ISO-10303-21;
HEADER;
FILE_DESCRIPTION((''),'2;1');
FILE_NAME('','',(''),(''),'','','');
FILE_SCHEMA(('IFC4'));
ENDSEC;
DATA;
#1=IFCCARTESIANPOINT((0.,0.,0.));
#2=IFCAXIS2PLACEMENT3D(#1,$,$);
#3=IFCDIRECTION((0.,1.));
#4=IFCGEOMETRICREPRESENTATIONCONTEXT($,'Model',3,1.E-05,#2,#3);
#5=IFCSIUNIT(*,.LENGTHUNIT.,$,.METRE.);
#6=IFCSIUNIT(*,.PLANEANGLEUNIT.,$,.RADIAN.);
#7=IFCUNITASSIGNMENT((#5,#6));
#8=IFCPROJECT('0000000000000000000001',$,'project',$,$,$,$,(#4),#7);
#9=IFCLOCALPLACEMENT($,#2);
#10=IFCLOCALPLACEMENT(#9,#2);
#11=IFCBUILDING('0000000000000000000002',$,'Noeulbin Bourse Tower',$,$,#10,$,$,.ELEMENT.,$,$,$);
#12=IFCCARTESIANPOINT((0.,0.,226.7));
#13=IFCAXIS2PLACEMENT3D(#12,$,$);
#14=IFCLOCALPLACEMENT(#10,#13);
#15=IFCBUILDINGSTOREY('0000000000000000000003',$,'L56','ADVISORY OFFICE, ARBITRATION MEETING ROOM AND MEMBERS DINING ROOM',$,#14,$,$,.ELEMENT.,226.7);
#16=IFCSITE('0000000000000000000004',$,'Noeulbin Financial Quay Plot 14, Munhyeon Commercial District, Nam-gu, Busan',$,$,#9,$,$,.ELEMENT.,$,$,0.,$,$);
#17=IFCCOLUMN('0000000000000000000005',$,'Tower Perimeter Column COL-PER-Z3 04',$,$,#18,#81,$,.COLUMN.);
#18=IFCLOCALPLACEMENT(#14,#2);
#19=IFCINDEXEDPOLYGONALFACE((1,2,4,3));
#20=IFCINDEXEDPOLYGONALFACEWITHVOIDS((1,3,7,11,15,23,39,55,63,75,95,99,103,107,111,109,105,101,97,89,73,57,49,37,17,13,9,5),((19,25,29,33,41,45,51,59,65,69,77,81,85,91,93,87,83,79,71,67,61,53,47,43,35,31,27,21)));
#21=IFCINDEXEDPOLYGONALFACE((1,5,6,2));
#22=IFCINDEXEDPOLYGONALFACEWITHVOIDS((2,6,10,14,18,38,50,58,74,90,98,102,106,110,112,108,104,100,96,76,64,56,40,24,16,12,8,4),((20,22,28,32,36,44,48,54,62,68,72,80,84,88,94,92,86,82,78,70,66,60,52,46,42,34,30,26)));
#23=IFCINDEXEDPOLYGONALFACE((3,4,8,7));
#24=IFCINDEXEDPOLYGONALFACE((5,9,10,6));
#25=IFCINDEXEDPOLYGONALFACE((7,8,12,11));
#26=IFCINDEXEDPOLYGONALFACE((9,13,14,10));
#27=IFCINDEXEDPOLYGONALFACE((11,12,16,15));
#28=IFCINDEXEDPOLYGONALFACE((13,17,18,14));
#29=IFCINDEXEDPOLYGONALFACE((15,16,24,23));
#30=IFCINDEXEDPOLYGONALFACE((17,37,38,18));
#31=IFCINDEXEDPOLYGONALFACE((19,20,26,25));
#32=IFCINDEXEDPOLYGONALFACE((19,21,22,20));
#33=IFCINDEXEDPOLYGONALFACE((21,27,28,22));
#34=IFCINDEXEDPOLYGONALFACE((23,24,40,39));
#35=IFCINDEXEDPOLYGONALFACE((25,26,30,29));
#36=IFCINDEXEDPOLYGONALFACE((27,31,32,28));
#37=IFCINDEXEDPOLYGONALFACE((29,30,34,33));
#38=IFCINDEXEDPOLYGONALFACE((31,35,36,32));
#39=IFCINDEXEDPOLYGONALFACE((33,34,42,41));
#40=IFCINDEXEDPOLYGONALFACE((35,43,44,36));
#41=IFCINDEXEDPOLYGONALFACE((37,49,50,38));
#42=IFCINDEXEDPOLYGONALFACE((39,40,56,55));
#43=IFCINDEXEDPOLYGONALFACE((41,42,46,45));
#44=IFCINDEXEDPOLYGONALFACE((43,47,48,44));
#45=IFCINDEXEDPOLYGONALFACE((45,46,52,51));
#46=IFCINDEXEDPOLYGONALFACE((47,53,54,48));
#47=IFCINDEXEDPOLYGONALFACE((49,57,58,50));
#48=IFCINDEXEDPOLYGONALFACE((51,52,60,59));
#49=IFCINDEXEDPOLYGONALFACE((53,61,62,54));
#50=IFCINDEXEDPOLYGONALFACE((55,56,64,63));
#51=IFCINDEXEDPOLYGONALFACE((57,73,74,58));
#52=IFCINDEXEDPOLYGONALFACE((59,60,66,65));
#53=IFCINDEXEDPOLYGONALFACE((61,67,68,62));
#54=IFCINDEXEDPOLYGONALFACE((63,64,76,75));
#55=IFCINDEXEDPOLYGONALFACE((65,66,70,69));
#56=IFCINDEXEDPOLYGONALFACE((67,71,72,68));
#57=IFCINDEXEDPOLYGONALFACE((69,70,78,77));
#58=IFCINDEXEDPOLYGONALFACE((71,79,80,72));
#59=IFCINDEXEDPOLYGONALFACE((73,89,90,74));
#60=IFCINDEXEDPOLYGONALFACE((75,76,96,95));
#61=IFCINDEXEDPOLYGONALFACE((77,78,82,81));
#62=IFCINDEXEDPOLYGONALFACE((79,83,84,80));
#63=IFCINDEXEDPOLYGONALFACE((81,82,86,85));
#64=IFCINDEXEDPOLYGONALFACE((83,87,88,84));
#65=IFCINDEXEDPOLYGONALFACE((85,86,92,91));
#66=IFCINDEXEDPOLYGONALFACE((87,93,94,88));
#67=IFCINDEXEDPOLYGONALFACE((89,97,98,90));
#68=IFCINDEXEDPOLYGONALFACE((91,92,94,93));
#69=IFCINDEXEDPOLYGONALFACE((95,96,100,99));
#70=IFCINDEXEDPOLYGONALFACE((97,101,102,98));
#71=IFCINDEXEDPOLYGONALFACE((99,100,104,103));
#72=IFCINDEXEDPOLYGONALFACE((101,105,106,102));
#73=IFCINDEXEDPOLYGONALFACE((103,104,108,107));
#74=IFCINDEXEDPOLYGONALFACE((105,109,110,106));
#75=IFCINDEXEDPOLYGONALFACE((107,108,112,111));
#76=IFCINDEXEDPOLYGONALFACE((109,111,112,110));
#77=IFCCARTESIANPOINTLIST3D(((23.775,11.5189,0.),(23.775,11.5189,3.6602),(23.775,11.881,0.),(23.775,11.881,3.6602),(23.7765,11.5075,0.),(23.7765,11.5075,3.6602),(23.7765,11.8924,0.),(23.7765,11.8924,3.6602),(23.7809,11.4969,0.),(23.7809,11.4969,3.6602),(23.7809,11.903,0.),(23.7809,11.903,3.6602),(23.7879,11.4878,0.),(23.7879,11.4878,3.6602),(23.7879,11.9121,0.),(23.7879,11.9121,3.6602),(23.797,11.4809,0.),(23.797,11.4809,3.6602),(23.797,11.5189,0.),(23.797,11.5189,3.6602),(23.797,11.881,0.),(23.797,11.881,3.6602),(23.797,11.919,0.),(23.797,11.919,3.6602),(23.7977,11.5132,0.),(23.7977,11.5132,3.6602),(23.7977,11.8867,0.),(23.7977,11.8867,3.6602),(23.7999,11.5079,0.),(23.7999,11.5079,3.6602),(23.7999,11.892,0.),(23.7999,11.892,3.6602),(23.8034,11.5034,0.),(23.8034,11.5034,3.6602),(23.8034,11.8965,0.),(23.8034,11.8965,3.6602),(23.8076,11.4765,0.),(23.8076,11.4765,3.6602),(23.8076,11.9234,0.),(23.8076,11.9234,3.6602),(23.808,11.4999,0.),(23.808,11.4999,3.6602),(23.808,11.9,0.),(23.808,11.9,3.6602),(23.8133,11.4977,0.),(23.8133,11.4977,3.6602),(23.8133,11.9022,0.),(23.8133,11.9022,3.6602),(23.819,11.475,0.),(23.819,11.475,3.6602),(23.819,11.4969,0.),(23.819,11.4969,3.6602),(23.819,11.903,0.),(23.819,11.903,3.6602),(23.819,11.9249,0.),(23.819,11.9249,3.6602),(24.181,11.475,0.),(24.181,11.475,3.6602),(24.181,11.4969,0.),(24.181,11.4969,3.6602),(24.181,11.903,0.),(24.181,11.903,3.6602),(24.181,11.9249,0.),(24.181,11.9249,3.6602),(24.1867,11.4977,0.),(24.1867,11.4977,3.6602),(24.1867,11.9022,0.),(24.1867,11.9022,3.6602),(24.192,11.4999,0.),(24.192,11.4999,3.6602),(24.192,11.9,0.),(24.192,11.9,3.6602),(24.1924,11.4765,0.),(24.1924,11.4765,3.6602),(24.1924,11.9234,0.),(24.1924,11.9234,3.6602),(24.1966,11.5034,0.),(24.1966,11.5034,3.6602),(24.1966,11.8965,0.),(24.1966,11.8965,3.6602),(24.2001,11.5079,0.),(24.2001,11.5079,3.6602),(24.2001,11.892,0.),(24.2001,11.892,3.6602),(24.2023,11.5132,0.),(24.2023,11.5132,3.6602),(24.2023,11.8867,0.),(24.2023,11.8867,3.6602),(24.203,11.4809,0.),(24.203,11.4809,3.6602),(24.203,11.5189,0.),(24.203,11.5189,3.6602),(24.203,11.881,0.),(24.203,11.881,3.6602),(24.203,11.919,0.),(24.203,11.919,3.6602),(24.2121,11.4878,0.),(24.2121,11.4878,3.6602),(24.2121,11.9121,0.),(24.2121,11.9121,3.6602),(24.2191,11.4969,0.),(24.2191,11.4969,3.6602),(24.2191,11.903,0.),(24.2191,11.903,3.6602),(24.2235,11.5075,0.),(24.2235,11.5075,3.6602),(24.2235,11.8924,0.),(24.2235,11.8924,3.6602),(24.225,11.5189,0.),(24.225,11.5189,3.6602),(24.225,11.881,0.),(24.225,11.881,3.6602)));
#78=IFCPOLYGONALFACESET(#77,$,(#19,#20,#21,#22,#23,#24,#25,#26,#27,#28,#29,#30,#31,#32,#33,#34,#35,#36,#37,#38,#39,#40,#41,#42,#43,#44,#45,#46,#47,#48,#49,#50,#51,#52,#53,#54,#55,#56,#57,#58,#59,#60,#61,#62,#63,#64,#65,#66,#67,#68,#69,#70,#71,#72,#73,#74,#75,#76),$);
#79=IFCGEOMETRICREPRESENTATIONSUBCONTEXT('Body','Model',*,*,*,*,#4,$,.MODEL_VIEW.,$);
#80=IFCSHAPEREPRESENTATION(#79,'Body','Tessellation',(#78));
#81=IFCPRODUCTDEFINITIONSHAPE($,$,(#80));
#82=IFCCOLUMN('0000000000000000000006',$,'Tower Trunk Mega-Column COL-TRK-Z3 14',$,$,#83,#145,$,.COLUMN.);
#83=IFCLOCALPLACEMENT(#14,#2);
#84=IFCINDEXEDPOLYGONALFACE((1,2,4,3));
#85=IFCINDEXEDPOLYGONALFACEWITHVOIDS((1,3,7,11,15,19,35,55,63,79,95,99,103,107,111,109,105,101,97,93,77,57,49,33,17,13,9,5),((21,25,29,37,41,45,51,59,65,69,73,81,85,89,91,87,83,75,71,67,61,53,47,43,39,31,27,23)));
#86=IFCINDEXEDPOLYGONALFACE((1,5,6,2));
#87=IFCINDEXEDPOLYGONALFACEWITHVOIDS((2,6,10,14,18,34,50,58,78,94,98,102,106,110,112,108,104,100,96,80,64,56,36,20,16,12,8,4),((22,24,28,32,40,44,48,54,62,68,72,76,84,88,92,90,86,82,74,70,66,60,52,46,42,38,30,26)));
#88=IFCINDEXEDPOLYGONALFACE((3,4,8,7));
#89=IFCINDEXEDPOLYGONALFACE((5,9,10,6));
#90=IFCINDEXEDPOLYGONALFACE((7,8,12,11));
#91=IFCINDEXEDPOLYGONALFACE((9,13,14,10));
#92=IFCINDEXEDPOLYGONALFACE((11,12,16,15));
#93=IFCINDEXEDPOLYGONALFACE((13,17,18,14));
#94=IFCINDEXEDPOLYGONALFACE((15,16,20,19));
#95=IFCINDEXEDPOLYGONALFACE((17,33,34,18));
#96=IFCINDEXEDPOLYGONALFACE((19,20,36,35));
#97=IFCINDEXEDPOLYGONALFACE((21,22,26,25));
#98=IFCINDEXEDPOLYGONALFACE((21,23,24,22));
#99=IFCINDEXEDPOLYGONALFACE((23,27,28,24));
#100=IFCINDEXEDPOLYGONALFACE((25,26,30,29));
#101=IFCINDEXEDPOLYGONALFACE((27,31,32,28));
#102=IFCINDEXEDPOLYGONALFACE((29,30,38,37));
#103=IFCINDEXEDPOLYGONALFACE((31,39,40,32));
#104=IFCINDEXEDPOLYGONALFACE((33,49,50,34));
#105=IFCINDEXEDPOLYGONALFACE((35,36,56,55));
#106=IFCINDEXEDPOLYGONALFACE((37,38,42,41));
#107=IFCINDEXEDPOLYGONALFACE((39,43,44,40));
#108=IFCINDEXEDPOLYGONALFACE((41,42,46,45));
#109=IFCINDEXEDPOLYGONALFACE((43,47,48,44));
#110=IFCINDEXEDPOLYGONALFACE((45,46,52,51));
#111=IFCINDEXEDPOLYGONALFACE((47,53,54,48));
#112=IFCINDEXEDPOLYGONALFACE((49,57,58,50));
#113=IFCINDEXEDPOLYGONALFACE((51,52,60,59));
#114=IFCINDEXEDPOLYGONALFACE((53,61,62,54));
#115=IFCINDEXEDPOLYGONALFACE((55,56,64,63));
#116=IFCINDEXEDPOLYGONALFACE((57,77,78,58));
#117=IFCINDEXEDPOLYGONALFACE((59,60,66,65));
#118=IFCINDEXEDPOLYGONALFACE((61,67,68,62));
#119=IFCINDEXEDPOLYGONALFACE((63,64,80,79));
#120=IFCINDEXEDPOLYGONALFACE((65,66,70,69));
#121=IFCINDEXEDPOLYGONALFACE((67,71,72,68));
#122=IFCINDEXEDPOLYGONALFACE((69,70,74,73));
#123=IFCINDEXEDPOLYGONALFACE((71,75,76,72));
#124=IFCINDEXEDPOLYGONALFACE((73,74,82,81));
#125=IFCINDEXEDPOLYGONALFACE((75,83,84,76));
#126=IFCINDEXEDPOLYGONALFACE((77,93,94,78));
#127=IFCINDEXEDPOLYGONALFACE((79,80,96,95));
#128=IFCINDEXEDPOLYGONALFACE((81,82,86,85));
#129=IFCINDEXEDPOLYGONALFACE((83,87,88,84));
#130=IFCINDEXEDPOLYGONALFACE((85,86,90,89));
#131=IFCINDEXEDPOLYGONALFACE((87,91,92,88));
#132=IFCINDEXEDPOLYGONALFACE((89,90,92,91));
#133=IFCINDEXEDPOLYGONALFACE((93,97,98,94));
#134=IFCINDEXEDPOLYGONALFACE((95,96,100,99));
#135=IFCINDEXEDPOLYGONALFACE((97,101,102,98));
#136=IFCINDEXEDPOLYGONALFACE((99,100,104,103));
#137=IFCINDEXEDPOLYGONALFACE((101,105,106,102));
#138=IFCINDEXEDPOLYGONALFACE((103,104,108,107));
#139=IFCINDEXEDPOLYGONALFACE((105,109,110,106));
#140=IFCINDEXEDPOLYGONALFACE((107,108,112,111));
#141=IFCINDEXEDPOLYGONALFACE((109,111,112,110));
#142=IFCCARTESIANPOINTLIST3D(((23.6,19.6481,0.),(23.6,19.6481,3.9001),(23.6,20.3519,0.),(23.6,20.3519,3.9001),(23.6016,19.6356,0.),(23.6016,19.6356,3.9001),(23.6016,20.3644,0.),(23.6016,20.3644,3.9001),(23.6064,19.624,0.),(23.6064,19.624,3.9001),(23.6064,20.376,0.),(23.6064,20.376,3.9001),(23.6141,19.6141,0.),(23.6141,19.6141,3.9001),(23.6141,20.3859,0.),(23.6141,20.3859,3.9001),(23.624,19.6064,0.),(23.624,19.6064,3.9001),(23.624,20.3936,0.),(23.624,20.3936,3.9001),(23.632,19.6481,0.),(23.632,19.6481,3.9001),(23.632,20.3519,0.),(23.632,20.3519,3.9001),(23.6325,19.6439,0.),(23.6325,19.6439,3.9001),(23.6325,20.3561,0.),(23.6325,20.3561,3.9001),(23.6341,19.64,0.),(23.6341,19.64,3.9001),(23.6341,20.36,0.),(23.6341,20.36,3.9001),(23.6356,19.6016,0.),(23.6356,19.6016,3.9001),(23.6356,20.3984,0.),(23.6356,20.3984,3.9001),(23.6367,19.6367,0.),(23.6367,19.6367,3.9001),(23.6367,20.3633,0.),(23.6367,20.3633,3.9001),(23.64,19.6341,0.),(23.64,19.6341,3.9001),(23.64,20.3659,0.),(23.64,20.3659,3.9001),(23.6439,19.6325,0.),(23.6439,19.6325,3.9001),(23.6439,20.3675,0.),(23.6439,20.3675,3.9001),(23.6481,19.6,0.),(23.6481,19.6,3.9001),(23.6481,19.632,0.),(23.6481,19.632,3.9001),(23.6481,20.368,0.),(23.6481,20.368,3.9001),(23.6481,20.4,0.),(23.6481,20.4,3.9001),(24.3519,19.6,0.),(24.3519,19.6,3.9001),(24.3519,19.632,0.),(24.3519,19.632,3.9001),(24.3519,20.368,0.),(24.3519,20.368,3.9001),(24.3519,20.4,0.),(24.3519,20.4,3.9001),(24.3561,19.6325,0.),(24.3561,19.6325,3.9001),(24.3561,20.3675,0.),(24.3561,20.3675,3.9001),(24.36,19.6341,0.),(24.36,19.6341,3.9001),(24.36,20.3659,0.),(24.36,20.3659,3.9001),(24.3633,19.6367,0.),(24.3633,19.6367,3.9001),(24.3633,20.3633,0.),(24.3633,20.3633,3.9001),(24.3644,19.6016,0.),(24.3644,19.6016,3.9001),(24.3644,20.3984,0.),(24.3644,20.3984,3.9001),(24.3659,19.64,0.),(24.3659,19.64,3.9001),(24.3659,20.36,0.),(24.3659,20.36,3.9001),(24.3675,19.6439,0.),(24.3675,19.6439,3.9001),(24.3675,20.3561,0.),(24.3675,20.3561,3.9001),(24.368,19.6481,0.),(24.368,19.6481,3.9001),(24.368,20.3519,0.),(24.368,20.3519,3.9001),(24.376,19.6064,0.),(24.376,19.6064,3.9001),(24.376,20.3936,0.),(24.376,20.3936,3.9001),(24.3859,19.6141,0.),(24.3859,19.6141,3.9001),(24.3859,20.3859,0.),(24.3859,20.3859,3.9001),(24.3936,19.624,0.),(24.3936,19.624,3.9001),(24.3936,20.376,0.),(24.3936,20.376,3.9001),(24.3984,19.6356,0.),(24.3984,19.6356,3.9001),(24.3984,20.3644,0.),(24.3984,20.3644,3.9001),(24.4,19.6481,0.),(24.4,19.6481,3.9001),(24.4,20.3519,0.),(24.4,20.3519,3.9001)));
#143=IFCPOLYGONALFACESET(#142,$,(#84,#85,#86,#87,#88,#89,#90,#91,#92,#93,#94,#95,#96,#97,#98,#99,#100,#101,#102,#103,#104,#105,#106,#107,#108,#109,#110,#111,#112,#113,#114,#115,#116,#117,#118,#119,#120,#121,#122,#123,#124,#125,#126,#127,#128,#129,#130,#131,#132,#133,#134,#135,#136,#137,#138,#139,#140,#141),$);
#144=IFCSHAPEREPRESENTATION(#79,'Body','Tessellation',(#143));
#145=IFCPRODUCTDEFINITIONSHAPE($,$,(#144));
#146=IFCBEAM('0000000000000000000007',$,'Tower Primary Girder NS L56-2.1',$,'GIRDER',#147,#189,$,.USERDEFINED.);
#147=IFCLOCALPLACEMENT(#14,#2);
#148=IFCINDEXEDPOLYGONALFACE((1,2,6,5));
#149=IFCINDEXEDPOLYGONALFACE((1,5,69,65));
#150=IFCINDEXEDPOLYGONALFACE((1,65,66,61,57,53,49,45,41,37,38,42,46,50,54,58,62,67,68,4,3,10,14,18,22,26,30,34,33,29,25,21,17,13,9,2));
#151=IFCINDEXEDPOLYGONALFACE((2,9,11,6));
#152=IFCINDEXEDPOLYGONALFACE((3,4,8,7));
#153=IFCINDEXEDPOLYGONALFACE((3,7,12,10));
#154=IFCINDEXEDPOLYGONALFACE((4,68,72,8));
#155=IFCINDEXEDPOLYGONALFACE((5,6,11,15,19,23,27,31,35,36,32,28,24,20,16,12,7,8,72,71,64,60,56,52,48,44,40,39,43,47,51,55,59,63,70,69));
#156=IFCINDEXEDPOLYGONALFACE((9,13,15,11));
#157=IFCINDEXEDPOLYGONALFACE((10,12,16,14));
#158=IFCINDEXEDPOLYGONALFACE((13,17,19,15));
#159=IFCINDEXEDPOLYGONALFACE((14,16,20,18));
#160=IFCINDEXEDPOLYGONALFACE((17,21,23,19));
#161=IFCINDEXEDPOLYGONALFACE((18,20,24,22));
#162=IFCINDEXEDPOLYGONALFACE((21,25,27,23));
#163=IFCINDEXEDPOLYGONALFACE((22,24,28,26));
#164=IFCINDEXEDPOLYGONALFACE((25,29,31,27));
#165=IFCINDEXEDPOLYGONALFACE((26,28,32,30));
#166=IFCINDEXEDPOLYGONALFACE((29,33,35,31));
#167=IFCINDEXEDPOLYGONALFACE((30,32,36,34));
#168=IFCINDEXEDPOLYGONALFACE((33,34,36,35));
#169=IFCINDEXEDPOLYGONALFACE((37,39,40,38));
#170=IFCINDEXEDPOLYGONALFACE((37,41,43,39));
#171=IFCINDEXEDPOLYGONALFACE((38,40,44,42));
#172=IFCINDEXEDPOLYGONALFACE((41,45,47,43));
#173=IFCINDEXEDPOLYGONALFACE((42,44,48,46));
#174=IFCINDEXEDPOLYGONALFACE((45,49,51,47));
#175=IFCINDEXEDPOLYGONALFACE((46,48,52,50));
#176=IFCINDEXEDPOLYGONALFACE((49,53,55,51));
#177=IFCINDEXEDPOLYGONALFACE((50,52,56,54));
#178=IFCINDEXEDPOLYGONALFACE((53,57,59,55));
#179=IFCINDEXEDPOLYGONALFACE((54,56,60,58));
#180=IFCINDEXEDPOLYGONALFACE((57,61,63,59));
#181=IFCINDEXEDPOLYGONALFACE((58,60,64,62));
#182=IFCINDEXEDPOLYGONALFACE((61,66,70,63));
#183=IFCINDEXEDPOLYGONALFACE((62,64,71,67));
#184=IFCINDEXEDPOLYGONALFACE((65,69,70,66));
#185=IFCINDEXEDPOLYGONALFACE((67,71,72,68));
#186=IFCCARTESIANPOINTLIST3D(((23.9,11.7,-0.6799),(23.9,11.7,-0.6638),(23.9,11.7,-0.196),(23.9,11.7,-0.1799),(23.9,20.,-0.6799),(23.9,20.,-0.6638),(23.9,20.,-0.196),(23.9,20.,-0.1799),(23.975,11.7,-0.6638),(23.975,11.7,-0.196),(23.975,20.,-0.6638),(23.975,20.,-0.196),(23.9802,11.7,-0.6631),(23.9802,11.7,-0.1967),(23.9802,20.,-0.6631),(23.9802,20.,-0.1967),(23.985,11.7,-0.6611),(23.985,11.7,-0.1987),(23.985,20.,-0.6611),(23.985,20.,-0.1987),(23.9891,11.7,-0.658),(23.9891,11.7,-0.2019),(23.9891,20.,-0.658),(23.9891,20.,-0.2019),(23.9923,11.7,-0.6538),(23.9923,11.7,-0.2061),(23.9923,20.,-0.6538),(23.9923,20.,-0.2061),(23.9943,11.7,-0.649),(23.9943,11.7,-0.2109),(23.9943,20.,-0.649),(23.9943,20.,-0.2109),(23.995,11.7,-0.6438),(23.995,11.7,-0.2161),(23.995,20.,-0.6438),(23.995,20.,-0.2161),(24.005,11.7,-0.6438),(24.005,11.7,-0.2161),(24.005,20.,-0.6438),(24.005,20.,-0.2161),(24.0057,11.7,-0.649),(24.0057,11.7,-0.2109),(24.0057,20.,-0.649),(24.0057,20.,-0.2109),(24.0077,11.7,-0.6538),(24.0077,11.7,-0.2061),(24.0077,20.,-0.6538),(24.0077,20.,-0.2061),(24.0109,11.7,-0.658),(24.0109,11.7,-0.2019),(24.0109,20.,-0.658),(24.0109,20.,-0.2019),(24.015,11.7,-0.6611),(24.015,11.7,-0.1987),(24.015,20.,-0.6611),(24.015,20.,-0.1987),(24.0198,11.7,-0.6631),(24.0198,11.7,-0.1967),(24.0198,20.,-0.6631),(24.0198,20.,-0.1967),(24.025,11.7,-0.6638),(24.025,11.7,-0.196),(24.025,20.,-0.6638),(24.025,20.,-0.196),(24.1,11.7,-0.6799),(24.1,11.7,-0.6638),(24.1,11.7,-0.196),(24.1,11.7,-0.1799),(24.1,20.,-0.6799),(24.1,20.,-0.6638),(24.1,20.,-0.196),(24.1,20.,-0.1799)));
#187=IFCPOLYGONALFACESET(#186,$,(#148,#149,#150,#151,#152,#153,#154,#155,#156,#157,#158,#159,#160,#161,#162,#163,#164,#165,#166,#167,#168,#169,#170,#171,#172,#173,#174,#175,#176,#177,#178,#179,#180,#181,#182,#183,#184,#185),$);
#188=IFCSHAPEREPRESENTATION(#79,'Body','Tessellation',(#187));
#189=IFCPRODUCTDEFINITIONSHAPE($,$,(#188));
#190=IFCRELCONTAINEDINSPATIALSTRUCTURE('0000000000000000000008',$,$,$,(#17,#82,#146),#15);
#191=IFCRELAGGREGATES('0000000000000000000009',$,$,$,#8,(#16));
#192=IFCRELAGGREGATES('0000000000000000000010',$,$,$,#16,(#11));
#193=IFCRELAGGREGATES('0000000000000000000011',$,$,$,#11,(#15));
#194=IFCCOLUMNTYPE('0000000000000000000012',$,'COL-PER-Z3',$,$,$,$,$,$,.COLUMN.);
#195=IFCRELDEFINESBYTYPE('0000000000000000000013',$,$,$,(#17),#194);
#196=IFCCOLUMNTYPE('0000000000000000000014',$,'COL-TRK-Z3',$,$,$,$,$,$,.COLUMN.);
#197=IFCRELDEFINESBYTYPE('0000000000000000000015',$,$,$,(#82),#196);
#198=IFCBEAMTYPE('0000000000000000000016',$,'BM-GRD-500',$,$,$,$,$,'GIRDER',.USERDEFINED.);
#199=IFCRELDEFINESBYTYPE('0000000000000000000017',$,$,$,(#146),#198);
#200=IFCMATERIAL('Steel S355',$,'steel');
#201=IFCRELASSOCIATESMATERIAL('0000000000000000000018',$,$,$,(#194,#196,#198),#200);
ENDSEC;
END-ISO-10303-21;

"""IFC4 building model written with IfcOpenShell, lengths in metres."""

from ifc_helpers import new_model, si_unit, direction, frame, origin, origin_2d, place, context, subcontext, project, spatial, hollow_rectangle, i_section, extrude, material, material_profile, profile_set, type_object, element, save


model = new_model("IFC4")

# Units and contexts
model_context = context("Model", 3, precision=1e-05, world=origin(), true_north=direction((0.0, 1.0)))
body_context = subcontext(model_context, "Body", "Model", "MODEL_VIEW")
ifc_project = project(units=[si_unit("LENGTHUNIT", "METRE"), si_unit("PLANEANGLEUNIT", "RADIAN")], contexts=[model_context])

# Site, building, storey
site_placement = place(None, origin())
site = spatial("IfcSite", under=ifc_project, at=site_placement, Name="Noeulbin Financial Quay Plot 14, Munhyeon Commercial District, Nam-gu, Busan", CompositionType="ELEMENT", RefElevation=0.0)
building_placement = place(site_placement, origin())
building = spatial("IfcBuilding", under=site, at=building_placement, Name="Noeulbin Bourse Tower", CompositionType="ELEMENT")
storey_placement = place(building_placement, frame((0.0, 0.0, 226.7)))
storey = spatial("IfcBuildingStorey", under=building, at=storey_placement, Name="L56", Description="ADVISORY OFFICE, ARBITRATION MEETING ROOM AND MEMBERS DINING ROOM", CompositionType="ELEMENT", Elevation=226.7)

# Columns
ifc_material_1 = material(Name="Steel S355", Category="steel")
ifc_material_profile_1 = material_profile(ifc_material_1, hollow_rectangle(XDim=0.45, YDim=0.45, WallThickness=0.022, InnerFilletRadius=0.022, OuterFilletRadius=0.0439, at=origin_2d()), Name="SHS-450x450x22", Category="LoadBearing")
ifc_profile_set_1 = profile_set([ifc_material_profile_1], Name="Steel S355")
column_type_1 = type_object("IfcColumnType", Name="COL-PER-Z3", PredefinedType="COLUMN", material=ifc_profile_set_1)
column_1_placement = place(storey_placement, frame((24.0, 11.7, 0.0), z_axis=(0.0, 0.0, 1.0), x_axis=(1.0, 0.0, 0.0)))
element("IfcColumn", 1, at=column_1_placement, inside=storey, type_object=column_type_1, Name="Tower Perimeter Column COL-PER-Z3 04", PredefinedType="COLUMN", context=body_context, shape_type="SweptSolid", body=[
    extrude(hollow_rectangle(XDim=0.45, YDim=0.45, WallThickness=0.022, InnerFilletRadius=0.022, OuterFilletRadius=0.0439, at=origin_2d()), origin(), (0.0, 0.0, 1.0), 3.6602),
])
ifc_material_profile_2 = material_profile(ifc_material_1, hollow_rectangle(XDim=0.8, YDim=0.8, WallThickness=0.032, InnerFilletRadius=0.0161, OuterFilletRadius=0.0481, at=origin_2d()), Name="BOX-800x800x32", Category="LoadBearing")
ifc_profile_set_2 = profile_set([ifc_material_profile_2], Name="Steel S355")
column_type_2 = type_object("IfcColumnType", Name="COL-TRK-Z3", PredefinedType="COLUMN", material=ifc_profile_set_2)
column_2_placement = place(storey_placement, frame((24.0, 20.0, 0.0), z_axis=(0.0, 0.0, 1.0), x_axis=(1.0, 0.0, 0.0)))
element("IfcColumn", 2, at=column_2_placement, inside=storey, type_object=column_type_2, Name="Tower Trunk Mega-Column COL-TRK-Z3 14", PredefinedType="COLUMN", context=body_context, shape_type="SweptSolid", body=[
    extrude(hollow_rectangle(XDim=0.8, YDim=0.8, WallThickness=0.032, InnerFilletRadius=0.0161, OuterFilletRadius=0.0481, at=origin_2d()), origin(), (0.0, 0.0, 1.0), 3.9001),
])

# Beam
ifc_material_profile_3 = material_profile(ifc_material_1, i_section(OverallWidth=0.2, OverallDepth=0.5, WebThickness=0.01, FlangeThickness=0.0161, FilletRadius=0.02, at=origin_2d()), Name="H-500x200x10x16", Category="LoadBearing")
ifc_profile_set_3 = profile_set([ifc_material_profile_3], Name="Steel S355")
beam_type_1 = type_object("IfcBeamType", Name="BM-GRD-500", ElementType="GIRDER", PredefinedType="USERDEFINED", material=ifc_profile_set_3)
beam_1_placement = place(storey_placement, frame((24.0, 11.7, -0.4299), z_axis=(0.0, 1.0, 0.0), x_axis=(-1.0, 0.0, 0.0)))
element("IfcBeam", 3, at=beam_1_placement, inside=storey, type_object=beam_type_1, Name="Tower Primary Girder NS L56-2.1", ObjectType="GIRDER", PredefinedType="USERDEFINED", context=body_context, shape_type="SweptSolid", body=[
    extrude(i_section(OverallWidth=0.2, OverallDepth=0.5, WebThickness=0.01, FlangeThickness=0.0161, FilletRadius=0.02, at=origin_2d()), origin(), (0.0, 0.0, 1.0), 8.3),
])

save(model, "model.ifc")
